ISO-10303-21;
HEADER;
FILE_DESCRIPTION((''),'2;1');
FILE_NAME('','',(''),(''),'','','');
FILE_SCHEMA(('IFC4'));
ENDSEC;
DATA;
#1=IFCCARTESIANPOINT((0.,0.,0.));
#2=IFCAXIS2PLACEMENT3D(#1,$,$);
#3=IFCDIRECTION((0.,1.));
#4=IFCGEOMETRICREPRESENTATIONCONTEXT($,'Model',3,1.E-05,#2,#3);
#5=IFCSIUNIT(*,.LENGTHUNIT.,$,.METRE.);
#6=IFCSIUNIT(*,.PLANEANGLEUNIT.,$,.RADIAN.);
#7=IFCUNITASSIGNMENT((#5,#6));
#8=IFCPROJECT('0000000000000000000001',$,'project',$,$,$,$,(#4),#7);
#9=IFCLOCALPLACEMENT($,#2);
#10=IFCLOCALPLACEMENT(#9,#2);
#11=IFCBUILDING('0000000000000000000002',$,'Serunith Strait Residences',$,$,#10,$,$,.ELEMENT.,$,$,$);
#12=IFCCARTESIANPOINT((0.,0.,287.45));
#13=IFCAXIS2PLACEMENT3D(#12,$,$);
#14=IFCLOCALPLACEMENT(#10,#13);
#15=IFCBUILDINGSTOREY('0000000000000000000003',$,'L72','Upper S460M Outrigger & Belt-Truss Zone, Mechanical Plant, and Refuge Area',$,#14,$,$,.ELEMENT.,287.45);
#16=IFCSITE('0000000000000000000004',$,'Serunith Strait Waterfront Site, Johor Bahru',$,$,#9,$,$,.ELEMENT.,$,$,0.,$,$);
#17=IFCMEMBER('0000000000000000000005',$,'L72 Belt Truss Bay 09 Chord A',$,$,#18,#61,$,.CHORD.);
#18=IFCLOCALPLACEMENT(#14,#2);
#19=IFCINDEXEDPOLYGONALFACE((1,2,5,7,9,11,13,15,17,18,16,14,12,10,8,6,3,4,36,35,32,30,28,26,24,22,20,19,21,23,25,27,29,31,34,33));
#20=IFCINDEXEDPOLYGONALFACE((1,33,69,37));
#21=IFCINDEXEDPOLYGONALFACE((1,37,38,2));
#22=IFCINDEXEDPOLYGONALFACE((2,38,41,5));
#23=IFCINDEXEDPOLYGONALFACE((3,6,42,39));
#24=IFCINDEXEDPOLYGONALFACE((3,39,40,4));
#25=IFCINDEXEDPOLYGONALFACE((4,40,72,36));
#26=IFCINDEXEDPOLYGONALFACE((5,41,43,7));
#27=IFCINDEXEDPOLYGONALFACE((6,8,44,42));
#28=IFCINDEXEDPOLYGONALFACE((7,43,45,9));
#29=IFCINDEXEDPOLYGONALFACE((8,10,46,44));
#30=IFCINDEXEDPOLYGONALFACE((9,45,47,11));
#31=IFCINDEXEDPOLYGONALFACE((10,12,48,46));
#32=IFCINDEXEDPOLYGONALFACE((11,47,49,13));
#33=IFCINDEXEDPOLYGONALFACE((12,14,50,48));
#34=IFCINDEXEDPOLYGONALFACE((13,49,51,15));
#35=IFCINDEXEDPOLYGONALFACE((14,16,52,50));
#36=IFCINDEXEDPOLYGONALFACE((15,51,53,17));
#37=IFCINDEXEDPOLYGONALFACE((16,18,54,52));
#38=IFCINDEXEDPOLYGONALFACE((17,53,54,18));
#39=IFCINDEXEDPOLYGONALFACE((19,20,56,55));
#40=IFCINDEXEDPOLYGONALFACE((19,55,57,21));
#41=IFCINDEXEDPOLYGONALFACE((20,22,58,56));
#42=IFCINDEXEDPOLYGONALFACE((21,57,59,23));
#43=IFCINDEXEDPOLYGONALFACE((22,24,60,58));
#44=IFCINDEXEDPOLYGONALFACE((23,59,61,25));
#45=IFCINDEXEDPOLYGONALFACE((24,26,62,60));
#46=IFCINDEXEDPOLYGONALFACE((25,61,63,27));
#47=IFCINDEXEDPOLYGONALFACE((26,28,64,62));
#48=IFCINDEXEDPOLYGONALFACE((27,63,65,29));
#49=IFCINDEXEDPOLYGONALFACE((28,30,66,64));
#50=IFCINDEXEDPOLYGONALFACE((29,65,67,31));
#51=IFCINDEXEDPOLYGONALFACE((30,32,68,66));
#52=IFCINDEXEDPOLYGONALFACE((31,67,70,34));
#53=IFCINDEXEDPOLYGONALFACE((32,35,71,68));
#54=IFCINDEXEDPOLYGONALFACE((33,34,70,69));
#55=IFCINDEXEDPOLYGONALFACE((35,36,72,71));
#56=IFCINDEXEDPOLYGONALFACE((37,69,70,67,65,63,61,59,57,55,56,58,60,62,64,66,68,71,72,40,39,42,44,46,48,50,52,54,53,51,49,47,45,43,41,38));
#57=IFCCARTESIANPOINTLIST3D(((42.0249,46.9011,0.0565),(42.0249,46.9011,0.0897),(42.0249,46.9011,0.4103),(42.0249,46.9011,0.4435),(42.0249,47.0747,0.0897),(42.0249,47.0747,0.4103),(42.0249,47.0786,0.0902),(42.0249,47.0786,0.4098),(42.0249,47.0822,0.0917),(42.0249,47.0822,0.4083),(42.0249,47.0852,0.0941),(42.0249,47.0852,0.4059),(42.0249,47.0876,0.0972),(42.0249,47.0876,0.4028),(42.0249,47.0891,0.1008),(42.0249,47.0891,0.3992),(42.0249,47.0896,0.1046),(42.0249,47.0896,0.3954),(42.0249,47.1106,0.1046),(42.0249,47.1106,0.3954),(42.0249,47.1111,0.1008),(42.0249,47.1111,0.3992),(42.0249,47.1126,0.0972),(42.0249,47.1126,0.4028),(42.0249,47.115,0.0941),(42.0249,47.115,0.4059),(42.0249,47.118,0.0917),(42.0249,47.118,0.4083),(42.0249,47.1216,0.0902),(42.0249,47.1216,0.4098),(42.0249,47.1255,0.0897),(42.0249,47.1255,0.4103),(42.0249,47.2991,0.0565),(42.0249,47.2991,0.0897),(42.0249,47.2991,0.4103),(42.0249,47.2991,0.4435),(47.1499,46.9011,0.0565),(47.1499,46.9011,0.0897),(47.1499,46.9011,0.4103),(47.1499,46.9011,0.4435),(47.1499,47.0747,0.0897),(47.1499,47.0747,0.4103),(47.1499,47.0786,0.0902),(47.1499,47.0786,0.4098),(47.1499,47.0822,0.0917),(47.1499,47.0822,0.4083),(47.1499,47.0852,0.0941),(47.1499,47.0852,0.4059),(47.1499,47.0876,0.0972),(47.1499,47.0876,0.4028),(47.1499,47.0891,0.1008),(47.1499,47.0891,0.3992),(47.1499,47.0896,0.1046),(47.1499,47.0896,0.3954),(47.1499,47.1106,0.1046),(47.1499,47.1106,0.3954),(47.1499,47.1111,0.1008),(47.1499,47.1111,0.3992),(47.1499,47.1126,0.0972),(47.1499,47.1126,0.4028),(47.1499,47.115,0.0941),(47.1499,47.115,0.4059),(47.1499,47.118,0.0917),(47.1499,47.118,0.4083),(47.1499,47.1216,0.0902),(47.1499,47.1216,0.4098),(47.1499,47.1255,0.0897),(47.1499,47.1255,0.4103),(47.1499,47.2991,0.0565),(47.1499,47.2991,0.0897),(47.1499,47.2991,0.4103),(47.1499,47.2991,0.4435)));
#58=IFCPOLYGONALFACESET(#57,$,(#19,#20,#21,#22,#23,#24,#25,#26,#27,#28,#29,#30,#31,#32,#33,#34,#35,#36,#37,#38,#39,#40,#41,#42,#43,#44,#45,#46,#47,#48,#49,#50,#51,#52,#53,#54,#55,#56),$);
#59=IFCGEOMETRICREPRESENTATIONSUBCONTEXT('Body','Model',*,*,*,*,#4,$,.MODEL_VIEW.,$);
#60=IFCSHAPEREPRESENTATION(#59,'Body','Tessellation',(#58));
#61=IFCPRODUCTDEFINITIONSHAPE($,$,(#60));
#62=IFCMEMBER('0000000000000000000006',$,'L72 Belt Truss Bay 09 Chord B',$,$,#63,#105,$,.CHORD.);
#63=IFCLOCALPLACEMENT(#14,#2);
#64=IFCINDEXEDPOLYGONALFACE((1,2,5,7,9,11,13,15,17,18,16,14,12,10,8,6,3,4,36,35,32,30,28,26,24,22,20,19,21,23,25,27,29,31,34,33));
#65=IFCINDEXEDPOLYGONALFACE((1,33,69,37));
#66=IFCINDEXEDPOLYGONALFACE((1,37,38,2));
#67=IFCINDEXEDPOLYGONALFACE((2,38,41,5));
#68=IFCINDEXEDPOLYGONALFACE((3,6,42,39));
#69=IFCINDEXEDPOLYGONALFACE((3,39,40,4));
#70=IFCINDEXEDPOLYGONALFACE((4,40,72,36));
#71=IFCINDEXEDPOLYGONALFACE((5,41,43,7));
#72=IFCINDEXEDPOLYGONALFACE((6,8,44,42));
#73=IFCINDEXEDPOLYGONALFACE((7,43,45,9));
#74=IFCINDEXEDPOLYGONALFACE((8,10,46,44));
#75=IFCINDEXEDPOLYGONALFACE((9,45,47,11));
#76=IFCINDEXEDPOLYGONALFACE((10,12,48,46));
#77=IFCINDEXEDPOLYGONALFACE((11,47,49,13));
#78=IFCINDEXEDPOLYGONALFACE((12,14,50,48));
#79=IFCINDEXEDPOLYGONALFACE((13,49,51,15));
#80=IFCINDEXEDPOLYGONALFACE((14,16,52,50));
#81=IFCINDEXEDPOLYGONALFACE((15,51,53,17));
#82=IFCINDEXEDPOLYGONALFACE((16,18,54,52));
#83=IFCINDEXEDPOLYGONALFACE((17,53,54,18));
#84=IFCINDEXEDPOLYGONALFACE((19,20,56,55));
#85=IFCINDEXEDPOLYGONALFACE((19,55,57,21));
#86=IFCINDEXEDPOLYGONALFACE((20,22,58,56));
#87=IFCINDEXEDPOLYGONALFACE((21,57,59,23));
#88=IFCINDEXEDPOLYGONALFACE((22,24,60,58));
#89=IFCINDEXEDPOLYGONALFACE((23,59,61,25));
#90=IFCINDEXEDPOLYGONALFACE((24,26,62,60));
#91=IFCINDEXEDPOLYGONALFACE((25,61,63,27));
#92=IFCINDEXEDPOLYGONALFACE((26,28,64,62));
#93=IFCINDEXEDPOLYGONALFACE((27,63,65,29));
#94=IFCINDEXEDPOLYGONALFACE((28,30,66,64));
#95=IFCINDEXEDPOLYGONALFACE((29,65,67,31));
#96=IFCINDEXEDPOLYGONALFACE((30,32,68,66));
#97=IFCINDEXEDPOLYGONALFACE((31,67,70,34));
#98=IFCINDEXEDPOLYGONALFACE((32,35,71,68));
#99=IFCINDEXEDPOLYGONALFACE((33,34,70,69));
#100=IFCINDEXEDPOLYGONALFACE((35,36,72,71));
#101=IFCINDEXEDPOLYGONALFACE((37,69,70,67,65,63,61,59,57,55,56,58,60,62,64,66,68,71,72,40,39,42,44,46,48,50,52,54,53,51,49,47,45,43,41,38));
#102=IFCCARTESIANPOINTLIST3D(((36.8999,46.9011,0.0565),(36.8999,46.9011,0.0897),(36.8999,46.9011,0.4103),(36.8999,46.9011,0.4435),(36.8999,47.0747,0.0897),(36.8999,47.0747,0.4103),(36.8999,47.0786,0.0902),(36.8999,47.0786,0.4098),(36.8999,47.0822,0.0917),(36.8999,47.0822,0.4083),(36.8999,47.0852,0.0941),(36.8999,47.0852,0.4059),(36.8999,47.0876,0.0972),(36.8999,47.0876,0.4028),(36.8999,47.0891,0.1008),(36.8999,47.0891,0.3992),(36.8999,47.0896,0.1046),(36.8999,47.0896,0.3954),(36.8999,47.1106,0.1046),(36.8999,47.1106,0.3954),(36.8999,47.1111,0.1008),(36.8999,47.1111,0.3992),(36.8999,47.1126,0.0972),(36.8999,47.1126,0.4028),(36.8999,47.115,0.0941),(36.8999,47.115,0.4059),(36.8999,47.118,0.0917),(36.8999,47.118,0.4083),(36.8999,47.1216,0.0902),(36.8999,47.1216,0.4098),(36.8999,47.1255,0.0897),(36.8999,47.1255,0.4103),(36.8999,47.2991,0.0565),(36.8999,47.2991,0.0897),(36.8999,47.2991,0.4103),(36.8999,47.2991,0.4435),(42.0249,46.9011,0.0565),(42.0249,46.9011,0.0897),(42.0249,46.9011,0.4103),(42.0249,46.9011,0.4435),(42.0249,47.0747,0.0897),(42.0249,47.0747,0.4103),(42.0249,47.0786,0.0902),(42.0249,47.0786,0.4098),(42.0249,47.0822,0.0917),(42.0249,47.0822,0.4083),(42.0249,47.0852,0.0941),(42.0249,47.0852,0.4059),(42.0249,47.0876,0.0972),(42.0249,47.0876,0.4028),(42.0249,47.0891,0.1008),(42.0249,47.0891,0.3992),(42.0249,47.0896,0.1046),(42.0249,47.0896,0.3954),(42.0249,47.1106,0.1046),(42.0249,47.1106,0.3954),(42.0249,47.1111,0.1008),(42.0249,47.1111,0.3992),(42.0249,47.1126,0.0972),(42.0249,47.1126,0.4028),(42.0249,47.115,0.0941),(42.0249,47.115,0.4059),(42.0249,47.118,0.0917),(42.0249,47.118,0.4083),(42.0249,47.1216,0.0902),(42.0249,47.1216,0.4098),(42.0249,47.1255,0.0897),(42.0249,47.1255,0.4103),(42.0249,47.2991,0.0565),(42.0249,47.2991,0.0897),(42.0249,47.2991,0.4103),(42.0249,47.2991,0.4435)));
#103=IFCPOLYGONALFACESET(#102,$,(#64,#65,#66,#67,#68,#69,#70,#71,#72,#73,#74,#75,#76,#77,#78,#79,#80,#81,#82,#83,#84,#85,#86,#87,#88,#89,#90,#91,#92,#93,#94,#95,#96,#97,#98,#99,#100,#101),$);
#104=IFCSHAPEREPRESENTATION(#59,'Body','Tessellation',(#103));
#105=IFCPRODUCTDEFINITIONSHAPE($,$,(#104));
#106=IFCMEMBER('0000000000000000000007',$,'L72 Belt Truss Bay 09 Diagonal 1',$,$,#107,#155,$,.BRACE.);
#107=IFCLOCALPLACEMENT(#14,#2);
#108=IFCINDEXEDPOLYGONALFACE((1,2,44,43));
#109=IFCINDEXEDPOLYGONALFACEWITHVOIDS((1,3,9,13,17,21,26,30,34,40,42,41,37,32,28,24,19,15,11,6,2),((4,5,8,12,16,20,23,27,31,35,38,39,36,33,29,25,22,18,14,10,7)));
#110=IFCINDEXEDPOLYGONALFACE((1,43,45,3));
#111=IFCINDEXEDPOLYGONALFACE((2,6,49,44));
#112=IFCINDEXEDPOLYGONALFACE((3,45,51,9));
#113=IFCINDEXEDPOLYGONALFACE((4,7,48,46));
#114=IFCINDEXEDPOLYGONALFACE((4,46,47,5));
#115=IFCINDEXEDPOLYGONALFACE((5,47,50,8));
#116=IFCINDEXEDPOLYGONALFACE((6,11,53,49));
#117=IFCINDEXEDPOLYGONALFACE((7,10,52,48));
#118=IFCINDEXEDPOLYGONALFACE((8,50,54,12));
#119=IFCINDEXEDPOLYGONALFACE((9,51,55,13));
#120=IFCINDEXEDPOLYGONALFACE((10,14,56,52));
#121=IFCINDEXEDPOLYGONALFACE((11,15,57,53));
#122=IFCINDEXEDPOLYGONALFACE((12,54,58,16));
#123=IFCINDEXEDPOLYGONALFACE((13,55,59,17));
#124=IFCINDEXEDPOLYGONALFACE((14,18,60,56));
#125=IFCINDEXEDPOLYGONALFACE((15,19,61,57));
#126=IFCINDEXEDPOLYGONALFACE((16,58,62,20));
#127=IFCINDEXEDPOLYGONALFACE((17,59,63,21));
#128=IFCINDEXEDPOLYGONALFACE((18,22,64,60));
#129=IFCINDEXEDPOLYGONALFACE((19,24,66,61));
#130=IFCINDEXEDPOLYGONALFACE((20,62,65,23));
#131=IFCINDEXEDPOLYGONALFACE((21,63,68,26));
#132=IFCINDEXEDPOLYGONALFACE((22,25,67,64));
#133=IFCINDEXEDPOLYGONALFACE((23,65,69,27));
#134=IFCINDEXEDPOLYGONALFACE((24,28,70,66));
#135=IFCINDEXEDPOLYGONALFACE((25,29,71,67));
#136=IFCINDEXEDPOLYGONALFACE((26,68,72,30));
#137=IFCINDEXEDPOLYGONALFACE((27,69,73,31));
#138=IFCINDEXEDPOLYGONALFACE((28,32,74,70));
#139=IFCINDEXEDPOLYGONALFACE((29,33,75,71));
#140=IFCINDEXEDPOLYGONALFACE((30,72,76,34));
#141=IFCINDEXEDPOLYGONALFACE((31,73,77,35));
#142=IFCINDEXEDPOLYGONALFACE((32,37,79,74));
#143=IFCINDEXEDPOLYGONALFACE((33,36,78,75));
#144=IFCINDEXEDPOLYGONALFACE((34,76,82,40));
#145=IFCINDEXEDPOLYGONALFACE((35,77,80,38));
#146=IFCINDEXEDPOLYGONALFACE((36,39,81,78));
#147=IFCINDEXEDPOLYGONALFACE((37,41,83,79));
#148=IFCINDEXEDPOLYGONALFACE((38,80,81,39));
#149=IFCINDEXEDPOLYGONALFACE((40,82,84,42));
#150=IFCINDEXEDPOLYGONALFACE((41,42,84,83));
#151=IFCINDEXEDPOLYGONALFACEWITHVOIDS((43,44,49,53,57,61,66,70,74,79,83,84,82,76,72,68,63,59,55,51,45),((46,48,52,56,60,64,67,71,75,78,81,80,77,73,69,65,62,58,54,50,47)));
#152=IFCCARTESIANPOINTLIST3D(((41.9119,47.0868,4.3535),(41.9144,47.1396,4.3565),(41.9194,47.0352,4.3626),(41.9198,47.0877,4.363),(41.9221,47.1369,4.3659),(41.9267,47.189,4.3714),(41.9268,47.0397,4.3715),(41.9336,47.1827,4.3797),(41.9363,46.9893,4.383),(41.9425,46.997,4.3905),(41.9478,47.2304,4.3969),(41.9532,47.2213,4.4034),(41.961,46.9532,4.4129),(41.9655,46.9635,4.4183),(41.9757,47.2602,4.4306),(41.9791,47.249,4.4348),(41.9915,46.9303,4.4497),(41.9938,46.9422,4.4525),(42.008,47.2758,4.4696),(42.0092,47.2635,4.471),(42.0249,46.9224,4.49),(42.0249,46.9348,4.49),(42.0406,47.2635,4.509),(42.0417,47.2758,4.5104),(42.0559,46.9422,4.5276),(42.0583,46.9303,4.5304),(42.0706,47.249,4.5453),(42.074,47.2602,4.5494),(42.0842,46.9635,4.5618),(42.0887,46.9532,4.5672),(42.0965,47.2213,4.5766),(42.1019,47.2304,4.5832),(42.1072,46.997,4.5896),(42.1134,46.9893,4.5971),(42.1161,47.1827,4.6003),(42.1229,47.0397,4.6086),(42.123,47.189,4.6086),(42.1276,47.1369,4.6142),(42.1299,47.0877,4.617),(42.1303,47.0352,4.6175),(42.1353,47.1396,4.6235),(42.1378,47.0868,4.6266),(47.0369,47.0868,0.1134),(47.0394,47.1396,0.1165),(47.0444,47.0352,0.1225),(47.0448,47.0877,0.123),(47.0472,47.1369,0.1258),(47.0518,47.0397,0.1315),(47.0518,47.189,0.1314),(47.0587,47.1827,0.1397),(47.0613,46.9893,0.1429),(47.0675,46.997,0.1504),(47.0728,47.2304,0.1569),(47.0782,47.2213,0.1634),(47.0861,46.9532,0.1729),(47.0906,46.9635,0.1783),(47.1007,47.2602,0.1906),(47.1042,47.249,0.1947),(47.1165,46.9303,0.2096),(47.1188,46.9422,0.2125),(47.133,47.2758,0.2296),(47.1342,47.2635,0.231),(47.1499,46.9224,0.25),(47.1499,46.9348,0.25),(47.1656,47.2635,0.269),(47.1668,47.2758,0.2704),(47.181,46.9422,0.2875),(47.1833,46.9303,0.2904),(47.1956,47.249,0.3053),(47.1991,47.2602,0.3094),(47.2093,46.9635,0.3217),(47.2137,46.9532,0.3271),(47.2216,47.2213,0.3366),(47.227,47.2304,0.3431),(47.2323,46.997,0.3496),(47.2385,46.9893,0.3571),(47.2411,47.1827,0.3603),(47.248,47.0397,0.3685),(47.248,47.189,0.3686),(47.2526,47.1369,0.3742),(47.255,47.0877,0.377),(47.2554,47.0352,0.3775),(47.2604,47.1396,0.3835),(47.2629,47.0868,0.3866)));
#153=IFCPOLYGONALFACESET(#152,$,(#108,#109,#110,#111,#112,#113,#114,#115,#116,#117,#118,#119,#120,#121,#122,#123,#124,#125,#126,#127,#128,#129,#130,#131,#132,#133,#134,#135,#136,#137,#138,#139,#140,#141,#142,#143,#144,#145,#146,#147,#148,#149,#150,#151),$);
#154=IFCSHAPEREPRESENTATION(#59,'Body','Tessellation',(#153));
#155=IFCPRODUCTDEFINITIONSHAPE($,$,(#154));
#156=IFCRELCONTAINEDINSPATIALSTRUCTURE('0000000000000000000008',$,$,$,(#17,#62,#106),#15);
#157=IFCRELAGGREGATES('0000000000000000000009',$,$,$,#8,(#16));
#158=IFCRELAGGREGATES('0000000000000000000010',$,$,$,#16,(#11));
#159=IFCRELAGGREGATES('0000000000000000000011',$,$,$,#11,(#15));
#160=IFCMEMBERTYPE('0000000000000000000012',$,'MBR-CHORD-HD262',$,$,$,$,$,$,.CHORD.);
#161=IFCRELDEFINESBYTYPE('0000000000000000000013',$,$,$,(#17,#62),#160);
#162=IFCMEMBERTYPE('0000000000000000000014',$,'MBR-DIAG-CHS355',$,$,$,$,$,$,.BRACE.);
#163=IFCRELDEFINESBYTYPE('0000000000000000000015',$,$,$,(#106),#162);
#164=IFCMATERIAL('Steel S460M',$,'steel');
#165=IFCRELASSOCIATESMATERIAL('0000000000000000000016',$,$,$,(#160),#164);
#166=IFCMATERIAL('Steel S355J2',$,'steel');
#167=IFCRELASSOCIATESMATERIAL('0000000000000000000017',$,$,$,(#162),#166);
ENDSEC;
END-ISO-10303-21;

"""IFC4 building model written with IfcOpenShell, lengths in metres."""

from ifc_helpers import new_model, si_unit, direction, frame, origin, origin_2d, place, context, subcontext, project, spatial, hollow_circle, i_section, extrude, source, transform, mapped, material, material_profile, profile_set, type_object, element, save


model = new_model("IFC4")

# Units and contexts
model_context = context("Model", 3, precision=1e-05, world=origin(), true_north=direction((0.0, 1.0)))
body_context = subcontext(model_context, "Body", "Model", "MODEL_VIEW")
ifc_project = project(units=[si_unit("LENGTHUNIT", "METRE"), si_unit("PLANEANGLEUNIT", "RADIAN")], contexts=[model_context])

# Site, building, storey
site_placement = place(None, origin())
site = spatial("IfcSite", under=ifc_project, at=site_placement, Name="Serunith Strait Waterfront Site, Johor Bahru", CompositionType="ELEMENT", RefElevation=0.0)
building_placement = place(site_placement, origin())
building = spatial("IfcBuilding", under=site, at=building_placement, Name="Serunith Strait Residences", CompositionType="ELEMENT")
storey_placement = place(building_placement, frame((0.0, 0.0, 287.45)))
storey = spatial("IfcBuildingStorey", under=building, at=storey_placement, Name="L72", Description="Upper S460M Outrigger & Belt-Truss Zone, Mechanical Plant, and Refuge Area", CompositionType="ELEMENT", Elevation=287.45)

# Shared definitions
ifc_material_1 = material(Name="Steel S355J2", Category="steel")

# Members
ifc_material_2 = material(Name="Steel S460M", Category="steel")
ifc_material_profile_1 = material_profile(ifc_material_2, i_section(OverallWidth=0.3979, OverallDepth=0.387, WebThickness=0.021, FlangeThickness=0.0332, FilletRadius=0.0149, at=origin_2d()), Name="HD 400x262")
ifc_profile_set_1 = profile_set([ifc_material_profile_1], Name="Steel S460M")
member_type_1 = type_object("IfcMemberType", Name="MBR-CHORD-HD262", PredefinedType="CHORD", material=ifc_profile_set_1)
shared_shape_1 = source(origin(), body_context, "Body", "SweptSolid", [
    extrude(i_section(OverallWidth=0.3979, OverallDepth=0.387, WebThickness=0.021, FlangeThickness=0.0332, FilletRadius=0.0149, at=origin_2d()), origin(), (0.0, 0.0, 1.0), 5.125),
])
for number, where, z_axis, x_axis, name in (
    (1, (47.1499, 47.1001, 0.25), (-1.0, 0.0, 0.0), (0.0, -1.0, 0.0), "L72 Belt Truss Bay 09 Chord A"),
    (2, (42.0249, 47.1001, 0.25), (-1.0, 0.0, 0.0), (0.0, -1.0, 0.0), "L72 Belt Truss Bay 09 Chord B"),
):
    element("IfcMember", number, at=place(storey_placement, frame(where, z_axis=z_axis, x_axis=x_axis)), inside=storey, type_object=member_type_1, Name=name, PredefinedType="CHORD", context=body_context, shape_type="MappedRepresentation", body=[
        mapped(shared_shape_1, transform((0.0, 0.0, 0.0), scale=1.0)),
    ])
ifc_material_profile_2 = material_profile(ifc_material_1, hollow_circle(Radius=0.1777, WallThickness=0.0125, at=origin_2d()), Name="CHS 355.6x12.5")
ifc_profile_set_2 = profile_set([ifc_material_profile_2], Name="Steel S355J2")
member_type_2 = type_object("IfcMemberType", Name="MBR-DIAG-CHS355", PredefinedType="BRACE", material=ifc_profile_set_2)
shared_shape_2 = source(origin(), body_context, "Body", "SweptSolid", [
    extrude(hollow_circle(Radius=0.1777, WallThickness=0.0125, at=origin_2d()), origin(), (0.0, 0.0, 1.0), 6.6516),
])
member_1_placement = place(storey_placement, frame((47.1499, 47.1001, 0.25), z_axis=(-0.770497, 0.0, 0.637444), x_axis=(0.0, -1.0, 0.0)))
element("IfcMember", 3, at=member_1_placement, inside=storey, type_object=member_type_2, Name="L72 Belt Truss Bay 09 Diagonal 1", PredefinedType="BRACE", context=body_context, shape_type="MappedRepresentation", body=[
    mapped(shared_shape_2, transform((0.0, 0.0, 0.0), scale=1.0)),
])

save(model, "model.ifc")
